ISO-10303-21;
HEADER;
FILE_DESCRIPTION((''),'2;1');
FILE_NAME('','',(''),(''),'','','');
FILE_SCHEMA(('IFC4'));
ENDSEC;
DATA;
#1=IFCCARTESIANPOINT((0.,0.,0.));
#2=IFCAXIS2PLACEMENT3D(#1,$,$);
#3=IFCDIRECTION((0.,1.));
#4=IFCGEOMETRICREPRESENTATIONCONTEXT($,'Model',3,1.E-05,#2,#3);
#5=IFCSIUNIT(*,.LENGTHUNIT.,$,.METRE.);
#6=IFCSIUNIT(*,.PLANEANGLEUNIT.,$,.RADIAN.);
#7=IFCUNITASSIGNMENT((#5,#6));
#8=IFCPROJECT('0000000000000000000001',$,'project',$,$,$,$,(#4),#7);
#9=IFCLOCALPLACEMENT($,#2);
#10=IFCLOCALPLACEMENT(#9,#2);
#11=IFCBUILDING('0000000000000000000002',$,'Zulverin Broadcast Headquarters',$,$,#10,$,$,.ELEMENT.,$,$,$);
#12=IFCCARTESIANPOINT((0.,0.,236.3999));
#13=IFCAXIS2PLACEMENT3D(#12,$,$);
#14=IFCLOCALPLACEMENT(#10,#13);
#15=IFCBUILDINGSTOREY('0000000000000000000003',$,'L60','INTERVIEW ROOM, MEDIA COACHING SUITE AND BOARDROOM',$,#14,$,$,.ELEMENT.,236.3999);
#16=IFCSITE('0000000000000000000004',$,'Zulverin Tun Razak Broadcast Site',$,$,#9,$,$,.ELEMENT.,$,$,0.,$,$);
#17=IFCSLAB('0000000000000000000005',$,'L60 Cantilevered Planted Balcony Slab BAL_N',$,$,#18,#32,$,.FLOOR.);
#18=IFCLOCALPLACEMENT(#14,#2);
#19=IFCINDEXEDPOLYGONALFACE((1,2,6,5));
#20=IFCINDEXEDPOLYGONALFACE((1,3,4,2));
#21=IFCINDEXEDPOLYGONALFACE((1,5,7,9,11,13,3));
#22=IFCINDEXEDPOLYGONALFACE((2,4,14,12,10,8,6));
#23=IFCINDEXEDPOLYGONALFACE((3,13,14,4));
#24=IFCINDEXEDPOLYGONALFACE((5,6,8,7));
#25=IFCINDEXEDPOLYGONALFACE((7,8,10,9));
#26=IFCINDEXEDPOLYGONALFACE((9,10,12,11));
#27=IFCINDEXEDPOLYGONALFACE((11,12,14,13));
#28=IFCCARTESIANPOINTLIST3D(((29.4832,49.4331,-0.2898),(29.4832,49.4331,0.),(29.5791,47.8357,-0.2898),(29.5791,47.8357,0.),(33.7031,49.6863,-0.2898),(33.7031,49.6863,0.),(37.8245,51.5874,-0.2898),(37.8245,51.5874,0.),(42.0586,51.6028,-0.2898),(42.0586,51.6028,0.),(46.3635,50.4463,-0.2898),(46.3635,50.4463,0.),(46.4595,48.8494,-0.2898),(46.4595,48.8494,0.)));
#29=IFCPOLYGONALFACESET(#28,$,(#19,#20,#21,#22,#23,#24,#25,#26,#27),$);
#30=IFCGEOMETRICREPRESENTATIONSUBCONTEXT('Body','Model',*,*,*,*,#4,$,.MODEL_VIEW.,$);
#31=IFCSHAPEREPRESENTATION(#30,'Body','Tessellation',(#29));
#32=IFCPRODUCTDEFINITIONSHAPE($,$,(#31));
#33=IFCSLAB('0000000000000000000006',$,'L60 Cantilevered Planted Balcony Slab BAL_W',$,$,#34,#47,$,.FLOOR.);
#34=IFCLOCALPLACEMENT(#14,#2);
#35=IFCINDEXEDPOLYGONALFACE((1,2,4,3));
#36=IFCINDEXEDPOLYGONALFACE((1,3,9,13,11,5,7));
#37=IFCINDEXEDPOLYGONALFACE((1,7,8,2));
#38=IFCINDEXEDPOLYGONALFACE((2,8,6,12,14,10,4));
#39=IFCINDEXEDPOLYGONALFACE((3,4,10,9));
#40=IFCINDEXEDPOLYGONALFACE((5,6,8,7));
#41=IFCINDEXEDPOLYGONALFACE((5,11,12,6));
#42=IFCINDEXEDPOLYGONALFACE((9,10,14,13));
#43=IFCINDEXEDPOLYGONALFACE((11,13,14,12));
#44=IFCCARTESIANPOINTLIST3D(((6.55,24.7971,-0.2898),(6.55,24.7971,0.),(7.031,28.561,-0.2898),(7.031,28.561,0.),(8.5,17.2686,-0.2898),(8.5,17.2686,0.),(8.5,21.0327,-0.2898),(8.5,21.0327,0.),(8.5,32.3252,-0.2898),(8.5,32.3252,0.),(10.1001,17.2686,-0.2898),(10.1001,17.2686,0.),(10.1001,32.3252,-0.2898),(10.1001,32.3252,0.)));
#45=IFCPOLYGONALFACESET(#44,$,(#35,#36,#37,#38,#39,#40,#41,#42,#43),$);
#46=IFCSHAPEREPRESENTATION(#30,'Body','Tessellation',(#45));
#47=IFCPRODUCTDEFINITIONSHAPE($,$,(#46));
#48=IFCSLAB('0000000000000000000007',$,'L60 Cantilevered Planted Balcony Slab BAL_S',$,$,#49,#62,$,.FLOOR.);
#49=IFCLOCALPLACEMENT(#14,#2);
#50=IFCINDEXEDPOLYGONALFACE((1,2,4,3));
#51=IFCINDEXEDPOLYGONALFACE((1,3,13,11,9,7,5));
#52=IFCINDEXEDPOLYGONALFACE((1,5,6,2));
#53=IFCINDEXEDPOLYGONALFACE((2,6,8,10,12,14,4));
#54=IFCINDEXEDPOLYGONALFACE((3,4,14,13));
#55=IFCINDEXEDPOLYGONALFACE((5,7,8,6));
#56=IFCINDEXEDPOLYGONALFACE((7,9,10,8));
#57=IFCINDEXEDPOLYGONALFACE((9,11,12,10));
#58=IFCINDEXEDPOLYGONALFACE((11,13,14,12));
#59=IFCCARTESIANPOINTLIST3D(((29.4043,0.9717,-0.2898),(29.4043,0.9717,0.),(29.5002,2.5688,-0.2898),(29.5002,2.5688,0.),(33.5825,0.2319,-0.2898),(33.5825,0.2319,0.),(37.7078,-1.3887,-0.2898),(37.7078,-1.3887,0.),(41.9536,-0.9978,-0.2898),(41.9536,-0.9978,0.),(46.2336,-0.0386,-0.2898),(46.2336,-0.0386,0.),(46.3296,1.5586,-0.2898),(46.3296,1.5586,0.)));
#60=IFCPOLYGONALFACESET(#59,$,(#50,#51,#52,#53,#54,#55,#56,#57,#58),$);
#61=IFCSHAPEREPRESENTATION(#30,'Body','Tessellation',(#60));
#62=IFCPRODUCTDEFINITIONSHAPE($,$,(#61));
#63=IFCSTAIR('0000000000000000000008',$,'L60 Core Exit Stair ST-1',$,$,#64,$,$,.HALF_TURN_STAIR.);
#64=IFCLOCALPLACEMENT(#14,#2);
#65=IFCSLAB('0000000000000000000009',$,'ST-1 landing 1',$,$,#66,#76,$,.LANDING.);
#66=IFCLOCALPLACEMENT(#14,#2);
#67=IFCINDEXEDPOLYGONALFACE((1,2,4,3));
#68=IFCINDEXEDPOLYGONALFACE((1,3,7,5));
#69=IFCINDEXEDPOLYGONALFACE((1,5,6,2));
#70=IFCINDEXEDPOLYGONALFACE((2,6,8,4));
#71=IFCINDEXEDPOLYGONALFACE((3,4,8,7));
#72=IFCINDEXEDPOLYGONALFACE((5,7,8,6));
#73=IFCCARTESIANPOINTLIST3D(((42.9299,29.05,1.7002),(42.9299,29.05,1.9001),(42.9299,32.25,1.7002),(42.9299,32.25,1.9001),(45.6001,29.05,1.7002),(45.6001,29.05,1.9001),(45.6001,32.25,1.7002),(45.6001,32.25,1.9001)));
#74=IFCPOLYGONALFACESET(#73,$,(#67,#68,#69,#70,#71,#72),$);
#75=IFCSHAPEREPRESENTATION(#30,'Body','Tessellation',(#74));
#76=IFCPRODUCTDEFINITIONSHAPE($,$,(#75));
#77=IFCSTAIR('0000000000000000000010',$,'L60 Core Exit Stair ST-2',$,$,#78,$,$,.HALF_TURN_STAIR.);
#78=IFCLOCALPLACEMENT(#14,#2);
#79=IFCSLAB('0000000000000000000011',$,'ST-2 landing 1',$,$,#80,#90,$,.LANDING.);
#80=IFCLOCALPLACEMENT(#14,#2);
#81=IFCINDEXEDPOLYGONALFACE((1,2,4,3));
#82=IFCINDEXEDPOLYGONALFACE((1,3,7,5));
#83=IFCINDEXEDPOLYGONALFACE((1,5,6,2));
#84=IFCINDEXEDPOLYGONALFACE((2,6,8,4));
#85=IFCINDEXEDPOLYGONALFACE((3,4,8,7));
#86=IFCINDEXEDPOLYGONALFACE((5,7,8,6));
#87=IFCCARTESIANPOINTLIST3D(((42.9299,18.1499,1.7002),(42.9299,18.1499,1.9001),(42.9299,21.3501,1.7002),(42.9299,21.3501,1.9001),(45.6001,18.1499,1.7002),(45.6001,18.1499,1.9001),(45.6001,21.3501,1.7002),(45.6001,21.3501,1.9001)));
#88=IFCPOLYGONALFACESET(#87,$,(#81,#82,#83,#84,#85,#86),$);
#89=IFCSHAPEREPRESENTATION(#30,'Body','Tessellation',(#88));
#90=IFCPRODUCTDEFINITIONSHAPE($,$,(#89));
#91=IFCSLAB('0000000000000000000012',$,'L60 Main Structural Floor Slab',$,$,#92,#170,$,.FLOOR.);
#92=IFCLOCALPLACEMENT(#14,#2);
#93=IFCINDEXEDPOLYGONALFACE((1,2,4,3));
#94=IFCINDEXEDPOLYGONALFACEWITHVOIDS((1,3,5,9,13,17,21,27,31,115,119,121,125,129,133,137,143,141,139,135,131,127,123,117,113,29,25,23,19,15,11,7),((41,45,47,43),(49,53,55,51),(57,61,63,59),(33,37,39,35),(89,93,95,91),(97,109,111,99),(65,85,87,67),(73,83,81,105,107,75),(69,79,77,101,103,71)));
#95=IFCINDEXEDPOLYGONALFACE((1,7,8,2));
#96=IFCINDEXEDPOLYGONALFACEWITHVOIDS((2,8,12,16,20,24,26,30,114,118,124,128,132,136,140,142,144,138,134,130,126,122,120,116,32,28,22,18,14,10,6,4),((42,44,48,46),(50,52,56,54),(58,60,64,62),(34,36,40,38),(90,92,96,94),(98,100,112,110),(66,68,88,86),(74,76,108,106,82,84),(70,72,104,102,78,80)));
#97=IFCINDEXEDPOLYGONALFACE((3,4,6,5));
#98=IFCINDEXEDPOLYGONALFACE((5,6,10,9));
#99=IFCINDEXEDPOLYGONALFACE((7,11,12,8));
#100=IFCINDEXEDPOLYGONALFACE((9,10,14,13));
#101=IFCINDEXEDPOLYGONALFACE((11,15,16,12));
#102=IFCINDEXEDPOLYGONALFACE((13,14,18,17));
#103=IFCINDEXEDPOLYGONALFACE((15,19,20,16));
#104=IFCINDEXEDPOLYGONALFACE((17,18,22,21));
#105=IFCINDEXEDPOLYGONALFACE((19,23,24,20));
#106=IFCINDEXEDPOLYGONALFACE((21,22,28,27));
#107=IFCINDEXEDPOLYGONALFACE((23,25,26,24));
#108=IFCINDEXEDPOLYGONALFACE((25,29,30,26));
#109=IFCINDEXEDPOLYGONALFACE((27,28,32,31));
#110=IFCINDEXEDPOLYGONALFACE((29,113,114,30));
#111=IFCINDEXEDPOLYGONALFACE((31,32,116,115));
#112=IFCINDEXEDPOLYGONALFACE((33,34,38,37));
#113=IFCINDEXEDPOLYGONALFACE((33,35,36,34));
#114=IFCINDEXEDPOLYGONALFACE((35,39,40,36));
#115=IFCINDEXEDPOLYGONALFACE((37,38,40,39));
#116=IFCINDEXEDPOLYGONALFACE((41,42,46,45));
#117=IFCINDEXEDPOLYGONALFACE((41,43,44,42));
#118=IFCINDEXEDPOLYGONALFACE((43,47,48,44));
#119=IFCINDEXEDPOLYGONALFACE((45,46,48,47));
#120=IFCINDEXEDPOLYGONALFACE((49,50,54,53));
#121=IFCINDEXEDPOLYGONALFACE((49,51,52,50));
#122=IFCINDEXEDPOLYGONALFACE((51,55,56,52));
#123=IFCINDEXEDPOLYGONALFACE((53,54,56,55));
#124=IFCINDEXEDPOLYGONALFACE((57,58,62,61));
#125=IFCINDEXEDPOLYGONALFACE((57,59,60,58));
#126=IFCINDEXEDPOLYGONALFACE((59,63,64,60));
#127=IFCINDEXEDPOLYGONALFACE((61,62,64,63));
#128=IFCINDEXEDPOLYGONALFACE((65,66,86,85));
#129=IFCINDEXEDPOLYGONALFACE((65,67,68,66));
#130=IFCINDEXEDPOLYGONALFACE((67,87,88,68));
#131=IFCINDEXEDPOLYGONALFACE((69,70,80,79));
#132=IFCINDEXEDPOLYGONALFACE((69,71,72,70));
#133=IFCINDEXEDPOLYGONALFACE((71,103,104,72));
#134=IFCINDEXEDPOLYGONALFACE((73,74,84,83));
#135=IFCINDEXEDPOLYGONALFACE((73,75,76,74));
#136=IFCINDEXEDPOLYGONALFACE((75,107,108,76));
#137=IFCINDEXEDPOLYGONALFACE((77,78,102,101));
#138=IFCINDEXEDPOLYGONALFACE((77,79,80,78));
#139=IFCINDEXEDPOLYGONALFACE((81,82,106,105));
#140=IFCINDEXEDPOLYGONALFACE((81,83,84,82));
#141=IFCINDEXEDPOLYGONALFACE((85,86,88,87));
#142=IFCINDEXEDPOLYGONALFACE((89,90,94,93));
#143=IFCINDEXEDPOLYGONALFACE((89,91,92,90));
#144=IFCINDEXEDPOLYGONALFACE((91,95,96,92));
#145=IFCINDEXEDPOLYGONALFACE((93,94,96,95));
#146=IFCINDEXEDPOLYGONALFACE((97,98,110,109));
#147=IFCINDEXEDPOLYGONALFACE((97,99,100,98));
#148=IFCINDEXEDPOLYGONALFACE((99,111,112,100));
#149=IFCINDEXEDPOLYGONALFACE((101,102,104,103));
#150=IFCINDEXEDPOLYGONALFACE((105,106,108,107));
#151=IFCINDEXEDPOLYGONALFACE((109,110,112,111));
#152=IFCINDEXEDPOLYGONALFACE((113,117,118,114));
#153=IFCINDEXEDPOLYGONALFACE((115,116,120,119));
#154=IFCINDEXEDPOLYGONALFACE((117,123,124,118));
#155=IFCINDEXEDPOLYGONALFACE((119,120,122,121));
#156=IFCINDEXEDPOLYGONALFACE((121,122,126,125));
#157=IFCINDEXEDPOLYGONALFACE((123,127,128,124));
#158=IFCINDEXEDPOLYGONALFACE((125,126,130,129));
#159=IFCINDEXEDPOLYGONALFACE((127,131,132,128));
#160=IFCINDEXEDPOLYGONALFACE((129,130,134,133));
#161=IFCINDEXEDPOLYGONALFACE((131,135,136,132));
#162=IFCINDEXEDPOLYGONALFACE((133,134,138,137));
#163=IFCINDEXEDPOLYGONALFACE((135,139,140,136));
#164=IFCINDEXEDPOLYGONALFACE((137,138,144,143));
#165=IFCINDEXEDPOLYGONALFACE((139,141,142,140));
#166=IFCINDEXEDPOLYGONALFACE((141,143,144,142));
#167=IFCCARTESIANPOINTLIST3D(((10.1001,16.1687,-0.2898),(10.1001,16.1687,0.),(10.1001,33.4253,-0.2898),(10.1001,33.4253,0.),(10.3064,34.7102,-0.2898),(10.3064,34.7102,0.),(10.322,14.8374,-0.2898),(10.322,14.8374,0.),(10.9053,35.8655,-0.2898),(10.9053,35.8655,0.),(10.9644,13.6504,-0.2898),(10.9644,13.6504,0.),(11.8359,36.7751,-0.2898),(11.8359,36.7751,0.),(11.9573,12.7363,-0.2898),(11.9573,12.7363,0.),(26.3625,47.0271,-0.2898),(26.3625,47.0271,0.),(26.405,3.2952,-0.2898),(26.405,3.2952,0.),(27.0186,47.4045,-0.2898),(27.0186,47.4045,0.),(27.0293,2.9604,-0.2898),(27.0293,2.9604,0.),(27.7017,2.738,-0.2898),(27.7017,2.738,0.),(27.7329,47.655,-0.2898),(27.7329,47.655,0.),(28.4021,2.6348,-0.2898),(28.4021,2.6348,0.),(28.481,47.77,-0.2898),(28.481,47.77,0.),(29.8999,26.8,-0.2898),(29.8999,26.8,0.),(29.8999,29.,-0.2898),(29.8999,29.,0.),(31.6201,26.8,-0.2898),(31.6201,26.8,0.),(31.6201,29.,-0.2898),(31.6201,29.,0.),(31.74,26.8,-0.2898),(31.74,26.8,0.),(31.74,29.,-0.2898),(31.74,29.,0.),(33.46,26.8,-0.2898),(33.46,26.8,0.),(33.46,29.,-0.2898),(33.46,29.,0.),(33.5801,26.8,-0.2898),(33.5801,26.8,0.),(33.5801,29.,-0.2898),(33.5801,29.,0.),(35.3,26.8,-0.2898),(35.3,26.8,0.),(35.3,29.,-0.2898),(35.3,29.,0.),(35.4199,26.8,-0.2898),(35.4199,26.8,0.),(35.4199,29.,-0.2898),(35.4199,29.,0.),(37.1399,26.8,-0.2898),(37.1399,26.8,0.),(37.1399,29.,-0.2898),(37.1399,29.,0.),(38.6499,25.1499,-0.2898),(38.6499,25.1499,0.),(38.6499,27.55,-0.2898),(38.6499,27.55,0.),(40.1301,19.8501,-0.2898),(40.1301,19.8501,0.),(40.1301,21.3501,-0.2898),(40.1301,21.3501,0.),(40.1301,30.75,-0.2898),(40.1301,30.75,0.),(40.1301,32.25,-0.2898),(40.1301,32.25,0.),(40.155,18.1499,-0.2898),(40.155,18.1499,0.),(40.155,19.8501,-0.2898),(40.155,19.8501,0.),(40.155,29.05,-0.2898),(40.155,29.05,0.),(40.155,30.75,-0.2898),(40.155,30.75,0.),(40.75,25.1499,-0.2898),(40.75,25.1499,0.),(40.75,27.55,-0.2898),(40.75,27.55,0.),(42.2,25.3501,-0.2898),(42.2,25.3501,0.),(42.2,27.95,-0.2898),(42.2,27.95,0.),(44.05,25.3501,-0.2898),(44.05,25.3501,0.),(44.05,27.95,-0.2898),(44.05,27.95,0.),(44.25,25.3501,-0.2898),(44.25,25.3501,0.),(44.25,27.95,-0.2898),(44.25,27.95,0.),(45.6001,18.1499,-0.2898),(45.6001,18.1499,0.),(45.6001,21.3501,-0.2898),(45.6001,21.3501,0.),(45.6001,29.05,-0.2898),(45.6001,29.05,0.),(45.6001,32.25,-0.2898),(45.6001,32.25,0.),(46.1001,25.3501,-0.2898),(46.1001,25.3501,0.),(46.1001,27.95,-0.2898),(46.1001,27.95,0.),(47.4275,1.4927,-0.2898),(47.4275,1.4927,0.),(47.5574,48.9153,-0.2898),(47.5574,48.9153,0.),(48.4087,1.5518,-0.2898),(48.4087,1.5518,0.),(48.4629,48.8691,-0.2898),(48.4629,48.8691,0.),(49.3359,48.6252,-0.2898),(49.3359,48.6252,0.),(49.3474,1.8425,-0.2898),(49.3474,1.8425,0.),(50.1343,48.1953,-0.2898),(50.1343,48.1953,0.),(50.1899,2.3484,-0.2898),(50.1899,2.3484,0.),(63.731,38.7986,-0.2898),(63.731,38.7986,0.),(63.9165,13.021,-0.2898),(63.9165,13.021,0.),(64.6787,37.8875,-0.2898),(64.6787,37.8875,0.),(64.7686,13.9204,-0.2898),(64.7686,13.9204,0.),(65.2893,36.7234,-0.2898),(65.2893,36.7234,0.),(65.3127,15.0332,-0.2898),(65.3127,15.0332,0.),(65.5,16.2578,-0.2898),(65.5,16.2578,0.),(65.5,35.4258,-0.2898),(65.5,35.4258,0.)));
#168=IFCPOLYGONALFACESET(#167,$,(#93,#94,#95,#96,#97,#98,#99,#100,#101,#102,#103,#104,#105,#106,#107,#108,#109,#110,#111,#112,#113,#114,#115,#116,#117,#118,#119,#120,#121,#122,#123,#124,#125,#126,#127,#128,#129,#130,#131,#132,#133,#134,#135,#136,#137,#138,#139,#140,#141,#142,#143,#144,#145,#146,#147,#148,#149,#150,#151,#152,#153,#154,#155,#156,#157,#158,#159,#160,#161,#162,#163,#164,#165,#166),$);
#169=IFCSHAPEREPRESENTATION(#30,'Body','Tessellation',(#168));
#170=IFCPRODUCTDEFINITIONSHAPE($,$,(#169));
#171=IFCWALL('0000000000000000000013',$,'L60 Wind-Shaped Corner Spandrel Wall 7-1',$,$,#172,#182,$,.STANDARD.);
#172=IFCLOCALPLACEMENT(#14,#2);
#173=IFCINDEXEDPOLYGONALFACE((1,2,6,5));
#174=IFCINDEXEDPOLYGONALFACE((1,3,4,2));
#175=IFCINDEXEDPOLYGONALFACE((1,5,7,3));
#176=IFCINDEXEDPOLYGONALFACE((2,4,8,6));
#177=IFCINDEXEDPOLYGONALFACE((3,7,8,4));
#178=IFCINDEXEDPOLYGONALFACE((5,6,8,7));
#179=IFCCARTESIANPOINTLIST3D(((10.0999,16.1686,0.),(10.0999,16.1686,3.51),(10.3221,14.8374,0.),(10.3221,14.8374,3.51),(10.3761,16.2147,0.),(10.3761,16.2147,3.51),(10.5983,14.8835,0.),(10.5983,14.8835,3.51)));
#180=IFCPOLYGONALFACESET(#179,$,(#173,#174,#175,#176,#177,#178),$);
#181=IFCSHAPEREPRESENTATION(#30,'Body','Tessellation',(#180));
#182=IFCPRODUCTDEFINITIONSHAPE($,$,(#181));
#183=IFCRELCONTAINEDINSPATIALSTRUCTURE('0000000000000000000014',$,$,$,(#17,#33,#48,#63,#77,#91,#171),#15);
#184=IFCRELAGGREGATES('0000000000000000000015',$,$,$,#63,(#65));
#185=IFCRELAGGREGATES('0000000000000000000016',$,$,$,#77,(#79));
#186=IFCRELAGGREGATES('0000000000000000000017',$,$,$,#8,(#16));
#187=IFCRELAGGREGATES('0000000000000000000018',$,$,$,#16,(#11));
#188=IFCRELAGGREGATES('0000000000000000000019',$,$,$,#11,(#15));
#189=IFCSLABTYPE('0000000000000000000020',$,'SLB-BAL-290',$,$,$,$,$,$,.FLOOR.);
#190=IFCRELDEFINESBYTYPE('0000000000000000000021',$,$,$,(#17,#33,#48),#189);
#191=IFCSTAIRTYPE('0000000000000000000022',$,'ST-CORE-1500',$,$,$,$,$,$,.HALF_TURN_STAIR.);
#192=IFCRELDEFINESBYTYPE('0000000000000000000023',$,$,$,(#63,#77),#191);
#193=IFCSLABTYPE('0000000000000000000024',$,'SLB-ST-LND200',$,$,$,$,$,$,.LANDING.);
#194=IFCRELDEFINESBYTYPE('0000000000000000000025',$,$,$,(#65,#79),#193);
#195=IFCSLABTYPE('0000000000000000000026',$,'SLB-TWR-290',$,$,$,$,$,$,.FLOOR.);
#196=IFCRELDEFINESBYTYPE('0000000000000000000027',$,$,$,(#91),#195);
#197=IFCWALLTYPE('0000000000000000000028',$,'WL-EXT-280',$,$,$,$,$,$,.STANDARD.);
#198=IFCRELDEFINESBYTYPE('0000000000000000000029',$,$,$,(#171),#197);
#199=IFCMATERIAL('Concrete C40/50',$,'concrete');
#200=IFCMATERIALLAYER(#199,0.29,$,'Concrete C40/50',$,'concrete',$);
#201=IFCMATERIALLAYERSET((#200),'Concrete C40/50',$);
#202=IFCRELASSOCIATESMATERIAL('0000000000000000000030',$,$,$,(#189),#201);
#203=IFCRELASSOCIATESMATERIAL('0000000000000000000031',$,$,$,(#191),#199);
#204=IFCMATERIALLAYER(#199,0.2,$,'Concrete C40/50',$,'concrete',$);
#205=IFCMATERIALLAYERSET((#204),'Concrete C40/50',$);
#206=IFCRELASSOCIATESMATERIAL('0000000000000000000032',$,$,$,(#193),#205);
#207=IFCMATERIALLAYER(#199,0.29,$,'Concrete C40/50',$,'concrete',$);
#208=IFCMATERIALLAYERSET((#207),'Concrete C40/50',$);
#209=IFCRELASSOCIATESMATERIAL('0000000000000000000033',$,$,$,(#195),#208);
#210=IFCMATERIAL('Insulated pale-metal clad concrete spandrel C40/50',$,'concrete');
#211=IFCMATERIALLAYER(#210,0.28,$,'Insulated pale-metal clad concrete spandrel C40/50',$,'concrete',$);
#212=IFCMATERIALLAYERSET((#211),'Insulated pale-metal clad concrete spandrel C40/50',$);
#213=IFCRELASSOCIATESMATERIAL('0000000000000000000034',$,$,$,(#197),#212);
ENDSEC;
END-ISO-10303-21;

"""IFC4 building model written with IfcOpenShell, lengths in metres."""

from ifc_helpers import new_model, si_unit, direction, frame, frame_2d, origin, place, context, subcontext, project, spatial, polyline, rectangle, outline, extrude, material, layer, layer_set, type_object, element, aggregate, save


model = new_model("IFC4")

# Units and contexts
model_context = context("Model", 3, precision=1e-05, world=origin(), true_north=direction((0.0, 1.0)))
body_context = subcontext(model_context, "Body", "Model", "MODEL_VIEW")
ifc_project = project(units=[si_unit("LENGTHUNIT", "METRE"), si_unit("PLANEANGLEUNIT", "RADIAN")], contexts=[model_context])

# Site, building, storey
site_placement = place(None, origin())
site = spatial("IfcSite", under=ifc_project, at=site_placement, Name="Zulverin Tun Razak Broadcast Site", CompositionType="ELEMENT", RefElevation=0.0)
building_placement = place(site_placement, origin())
building = spatial("IfcBuilding", under=site, at=building_placement, Name="Zulverin Broadcast Headquarters", CompositionType="ELEMENT")
storey_placement = place(building_placement, frame((0.0, 0.0, 236.3999)))
storey = spatial("IfcBuildingStorey", under=building, at=storey_placement, Name="L60", Description="INTERVIEW ROOM, MEDIA COACHING SUITE AND BOARDROOM", CompositionType="ELEMENT", Elevation=236.3999)

# Slabs
ifc_material_1 = material(Name="Concrete C40/50", Category="concrete")
ifc_layer_1 = layer(ifc_material_1, 0.29, Name="Concrete C40/50", Category="concrete")
ifc_layer_set_1 = layer_set([ifc_layer_1], Name="Concrete C40/50")
slab_type_1 = type_object("IfcSlabType", Name="SLB-BAL-290", PredefinedType="FLOOR", material=ifc_layer_set_1)
slab_1_placement = place(storey_placement, frame((0.0, 0.0, -0.2898)))
element("IfcSlab", 1, at=slab_1_placement, inside=storey, type_object=slab_type_1, Name="L60 Cantilevered Planted Balcony Slab BAL_N", PredefinedType="FLOOR", context=body_context, shape_type="SweptSolid", body=[
    extrude(outline(polyline([(29.5791, 47.8357), (46.4595, 48.8494), (46.3635, 50.4463), (42.0586, 51.6028), (37.8245, 51.5874), (33.7031, 49.6863), (29.4832, 49.4331), (29.5791, 47.8357)])), origin(), (0.0, 0.0, 1.0), 0.2898),
])
slab_2_placement = place(storey_placement, frame((0.0, 0.0, -0.2898)))
element("IfcSlab", 2, at=slab_2_placement, inside=storey, type_object=slab_type_1, Name="L60 Cantilevered Planted Balcony Slab BAL_W", PredefinedType="FLOOR", context=body_context, shape_type="SweptSolid", body=[
    extrude(outline(polyline([(10.1001, 17.2686), (10.1001, 32.3252), (8.5, 32.3252), (7.031, 28.561), (6.55, 24.7971), (8.5, 21.0327), (8.5, 17.2686), (10.1001, 17.2686)])), origin(), (0.0, 0.0, 1.0), 0.2898),
])
slab_3_placement = place(storey_placement, frame((0.0, 0.0, -0.2898)))
element("IfcSlab", 3, at=slab_3_placement, inside=storey, type_object=slab_type_1, Name="L60 Cantilevered Planted Balcony Slab BAL_S", PredefinedType="FLOOR", context=body_context, shape_type="SweptSolid", body=[
    extrude(outline(polyline([(46.3296, 1.5586), (29.5002, 2.5688), (29.4043, 0.9717), (33.5825, 0.2319), (37.7078, -1.3887), (41.9536, -0.9978), (46.2336, -0.0386), (46.3296, 1.5586)])), origin(), (0.0, 0.0, 1.0), 0.2898),
])

# Stairs, slabs
stair_type = type_object("IfcStairType", Name="ST-CORE-1500", PredefinedType="HALF_TURN_STAIR", material=ifc_material_1)
stair_1_placement = place(storey_placement, origin())
stair_1 = element("IfcStair", 4, at=stair_1_placement, inside=storey, type_object=stair_type, Name="L60 Core Exit Stair ST-1", PredefinedType="HALF_TURN_STAIR")
ifc_layer_2 = layer(ifc_material_1, 0.2, Name="Concrete C40/50", Category="concrete")
ifc_layer_set_2 = layer_set([ifc_layer_2], Name="Concrete C40/50")
slab_type_2 = type_object("IfcSlabType", Name="SLB-ST-LND200", PredefinedType="LANDING", material=ifc_layer_set_2)
slab_4_placement = place(storey_placement, frame((0.0, 0.0, 1.7002)))
slab_4 = element("IfcSlab", 5, at=slab_4_placement, type_object=slab_type_2, Name="ST-1 landing 1", PredefinedType="LANDING", context=body_context, shape_type="SweptSolid", body=[
    extrude(outline(polyline([(42.9299, 29.05), (45.6001, 29.05), (45.6001, 32.25), (42.9299, 32.25), (42.9299, 29.05)])), origin(), (0.0, 0.0, 1.0), 0.2),
])
aggregate(stair_1, [slab_4])
stair_2_placement = place(storey_placement, origin())
stair_2 = element("IfcStair", 6, at=stair_2_placement, inside=storey, type_object=stair_type, Name="L60 Core Exit Stair ST-2", PredefinedType="HALF_TURN_STAIR")
slab_5_placement = place(storey_placement, frame((0.0, 0.0, 1.7002)))
slab_5 = element("IfcSlab", 7, at=slab_5_placement, type_object=slab_type_2, Name="ST-2 landing 1", PredefinedType="LANDING", context=body_context, shape_type="SweptSolid", body=[
    extrude(outline(polyline([(42.9299, 18.1499), (45.6001, 18.1499), (45.6001, 21.3501), (42.9299, 21.3501), (42.9299, 18.1499)])), origin(), (0.0, 0.0, 1.0), 0.2),
])
aggregate(stair_2, [slab_5])

# Slab
ifc_layer_3 = layer(ifc_material_1, 0.29, Name="Concrete C40/50", Category="concrete")
ifc_layer_set_3 = layer_set([ifc_layer_3], Name="Concrete C40/50")
slab_type_3 = type_object("IfcSlabType", Name="SLB-TWR-290", PredefinedType="FLOOR", material=ifc_layer_set_3)
slab_6_placement = place(storey_placement, frame((0.0, 0.0, -0.2898)))
element("IfcSlab", 8, at=slab_6_placement, inside=storey, type_object=slab_type_3, Name="L60 Main Structural Floor Slab", PredefinedType="FLOOR", context=body_context, shape_type="SweptSolid", body=[
    extrude(outline(polyline([(26.405, 3.2952), (27.0293, 2.9604), (27.7017, 2.738), (28.4021, 2.6348), (47.4275, 1.4927), (48.4087, 1.5518), (49.3474, 1.8425), (50.1899, 2.3484), (63.9165, 13.021), (64.7686, 13.9204), (65.3127, 15.0332), (65.5, 16.2578), (65.5, 35.4258), (65.2893, 36.7234), (64.6787, 37.8875), (63.731, 38.7986), (50.1343, 48.1953), (49.3359, 48.6252), (48.4629, 48.8691), (47.5574, 48.9153), (28.481, 47.77), (27.7329, 47.655), (27.0186, 47.4045), (26.3625, 47.0271), (11.8359, 36.7751), (10.9053, 35.8655), (10.3064, 34.7102), (10.1001, 33.4253), (10.1001, 16.1687), (10.322, 14.8374), (10.9644, 13.6504), (11.9573, 12.7363), (26.405, 3.2952)]), holes=[polyline([(40.155, 30.75), (40.1301, 30.75), (40.1301, 32.25), (45.6001, 32.25), (45.6001, 29.05), (40.155, 29.05), (40.155, 30.75)]), polyline([(40.155, 19.8501), (40.1301, 19.8501), (40.1301, 21.3501), (45.6001, 21.3501), (45.6001, 18.1499), (40.155, 18.1499), (40.155, 19.8501)]), polyline([(29.8999, 26.8), (31.6201, 26.8), (31.6201, 29.0), (29.8999, 29.0), (29.8999, 26.8)]), polyline([(31.74, 26.8), (33.46, 26.8), (33.46, 29.0), (31.74, 29.0), (31.74, 26.8)]), polyline([(33.5801, 26.8), (35.3, 26.8), (35.3, 29.0), (33.5801, 29.0), (33.5801, 26.8)]), polyline([(35.4199, 26.8), (37.1399, 26.8), (37.1399, 29.0), (35.4199, 29.0), (35.4199, 26.8)]), polyline([(42.2, 25.3501), (44.05, 25.3501), (44.05, 27.95), (42.2, 27.95), (42.2, 25.3501)]), polyline([(44.25, 25.3501), (46.1001, 25.3501), (46.1001, 27.95), (44.25, 27.95), (44.25, 25.3501)]), polyline([(38.6499, 25.1499), (40.75, 25.1499), (40.75, 27.55), (38.6499, 27.55), (38.6499, 25.1499)])]), origin(), (0.0, 0.0, 1.0), 0.2898),
])

# Wall
ifc_material_2 = material(Name="Insulated pale-metal clad concrete spandrel C40/50", Category="concrete")
ifc_layer_4 = layer(ifc_material_2, 0.28, Name="Insulated pale-metal clad concrete spandrel C40/50", Category="concrete")
ifc_layer_set_4 = layer_set([ifc_layer_4], Name="Insulated pale-metal clad concrete spandrel C40/50")
wall_type = type_object("IfcWallType", Name="WL-EXT-280", PredefinedType="STANDARD", material=ifc_layer_set_4)
wall_1_placement = place(storey_placement, frame((10.238, 16.1917, 0.0), z_axis=(0.0, 0.0, 1.0), x_axis=(0.164604, -0.98636, 0.0)))
element("IfcWall", 9, at=wall_1_placement, inside=storey, type_object=wall_type, Name="L60 Wind-Shaped Corner Spandrel Wall 7-1", PredefinedType="STANDARD", context=body_context, shape_type="SweptSolid", body=[
    extrude(rectangle(XDim=1.3496, YDim=0.28, at=frame_2d((0.6748, 0.0))), origin(), (0.0, 0.0, 1.0), 3.51),
])

save(model, "model.ifc")
